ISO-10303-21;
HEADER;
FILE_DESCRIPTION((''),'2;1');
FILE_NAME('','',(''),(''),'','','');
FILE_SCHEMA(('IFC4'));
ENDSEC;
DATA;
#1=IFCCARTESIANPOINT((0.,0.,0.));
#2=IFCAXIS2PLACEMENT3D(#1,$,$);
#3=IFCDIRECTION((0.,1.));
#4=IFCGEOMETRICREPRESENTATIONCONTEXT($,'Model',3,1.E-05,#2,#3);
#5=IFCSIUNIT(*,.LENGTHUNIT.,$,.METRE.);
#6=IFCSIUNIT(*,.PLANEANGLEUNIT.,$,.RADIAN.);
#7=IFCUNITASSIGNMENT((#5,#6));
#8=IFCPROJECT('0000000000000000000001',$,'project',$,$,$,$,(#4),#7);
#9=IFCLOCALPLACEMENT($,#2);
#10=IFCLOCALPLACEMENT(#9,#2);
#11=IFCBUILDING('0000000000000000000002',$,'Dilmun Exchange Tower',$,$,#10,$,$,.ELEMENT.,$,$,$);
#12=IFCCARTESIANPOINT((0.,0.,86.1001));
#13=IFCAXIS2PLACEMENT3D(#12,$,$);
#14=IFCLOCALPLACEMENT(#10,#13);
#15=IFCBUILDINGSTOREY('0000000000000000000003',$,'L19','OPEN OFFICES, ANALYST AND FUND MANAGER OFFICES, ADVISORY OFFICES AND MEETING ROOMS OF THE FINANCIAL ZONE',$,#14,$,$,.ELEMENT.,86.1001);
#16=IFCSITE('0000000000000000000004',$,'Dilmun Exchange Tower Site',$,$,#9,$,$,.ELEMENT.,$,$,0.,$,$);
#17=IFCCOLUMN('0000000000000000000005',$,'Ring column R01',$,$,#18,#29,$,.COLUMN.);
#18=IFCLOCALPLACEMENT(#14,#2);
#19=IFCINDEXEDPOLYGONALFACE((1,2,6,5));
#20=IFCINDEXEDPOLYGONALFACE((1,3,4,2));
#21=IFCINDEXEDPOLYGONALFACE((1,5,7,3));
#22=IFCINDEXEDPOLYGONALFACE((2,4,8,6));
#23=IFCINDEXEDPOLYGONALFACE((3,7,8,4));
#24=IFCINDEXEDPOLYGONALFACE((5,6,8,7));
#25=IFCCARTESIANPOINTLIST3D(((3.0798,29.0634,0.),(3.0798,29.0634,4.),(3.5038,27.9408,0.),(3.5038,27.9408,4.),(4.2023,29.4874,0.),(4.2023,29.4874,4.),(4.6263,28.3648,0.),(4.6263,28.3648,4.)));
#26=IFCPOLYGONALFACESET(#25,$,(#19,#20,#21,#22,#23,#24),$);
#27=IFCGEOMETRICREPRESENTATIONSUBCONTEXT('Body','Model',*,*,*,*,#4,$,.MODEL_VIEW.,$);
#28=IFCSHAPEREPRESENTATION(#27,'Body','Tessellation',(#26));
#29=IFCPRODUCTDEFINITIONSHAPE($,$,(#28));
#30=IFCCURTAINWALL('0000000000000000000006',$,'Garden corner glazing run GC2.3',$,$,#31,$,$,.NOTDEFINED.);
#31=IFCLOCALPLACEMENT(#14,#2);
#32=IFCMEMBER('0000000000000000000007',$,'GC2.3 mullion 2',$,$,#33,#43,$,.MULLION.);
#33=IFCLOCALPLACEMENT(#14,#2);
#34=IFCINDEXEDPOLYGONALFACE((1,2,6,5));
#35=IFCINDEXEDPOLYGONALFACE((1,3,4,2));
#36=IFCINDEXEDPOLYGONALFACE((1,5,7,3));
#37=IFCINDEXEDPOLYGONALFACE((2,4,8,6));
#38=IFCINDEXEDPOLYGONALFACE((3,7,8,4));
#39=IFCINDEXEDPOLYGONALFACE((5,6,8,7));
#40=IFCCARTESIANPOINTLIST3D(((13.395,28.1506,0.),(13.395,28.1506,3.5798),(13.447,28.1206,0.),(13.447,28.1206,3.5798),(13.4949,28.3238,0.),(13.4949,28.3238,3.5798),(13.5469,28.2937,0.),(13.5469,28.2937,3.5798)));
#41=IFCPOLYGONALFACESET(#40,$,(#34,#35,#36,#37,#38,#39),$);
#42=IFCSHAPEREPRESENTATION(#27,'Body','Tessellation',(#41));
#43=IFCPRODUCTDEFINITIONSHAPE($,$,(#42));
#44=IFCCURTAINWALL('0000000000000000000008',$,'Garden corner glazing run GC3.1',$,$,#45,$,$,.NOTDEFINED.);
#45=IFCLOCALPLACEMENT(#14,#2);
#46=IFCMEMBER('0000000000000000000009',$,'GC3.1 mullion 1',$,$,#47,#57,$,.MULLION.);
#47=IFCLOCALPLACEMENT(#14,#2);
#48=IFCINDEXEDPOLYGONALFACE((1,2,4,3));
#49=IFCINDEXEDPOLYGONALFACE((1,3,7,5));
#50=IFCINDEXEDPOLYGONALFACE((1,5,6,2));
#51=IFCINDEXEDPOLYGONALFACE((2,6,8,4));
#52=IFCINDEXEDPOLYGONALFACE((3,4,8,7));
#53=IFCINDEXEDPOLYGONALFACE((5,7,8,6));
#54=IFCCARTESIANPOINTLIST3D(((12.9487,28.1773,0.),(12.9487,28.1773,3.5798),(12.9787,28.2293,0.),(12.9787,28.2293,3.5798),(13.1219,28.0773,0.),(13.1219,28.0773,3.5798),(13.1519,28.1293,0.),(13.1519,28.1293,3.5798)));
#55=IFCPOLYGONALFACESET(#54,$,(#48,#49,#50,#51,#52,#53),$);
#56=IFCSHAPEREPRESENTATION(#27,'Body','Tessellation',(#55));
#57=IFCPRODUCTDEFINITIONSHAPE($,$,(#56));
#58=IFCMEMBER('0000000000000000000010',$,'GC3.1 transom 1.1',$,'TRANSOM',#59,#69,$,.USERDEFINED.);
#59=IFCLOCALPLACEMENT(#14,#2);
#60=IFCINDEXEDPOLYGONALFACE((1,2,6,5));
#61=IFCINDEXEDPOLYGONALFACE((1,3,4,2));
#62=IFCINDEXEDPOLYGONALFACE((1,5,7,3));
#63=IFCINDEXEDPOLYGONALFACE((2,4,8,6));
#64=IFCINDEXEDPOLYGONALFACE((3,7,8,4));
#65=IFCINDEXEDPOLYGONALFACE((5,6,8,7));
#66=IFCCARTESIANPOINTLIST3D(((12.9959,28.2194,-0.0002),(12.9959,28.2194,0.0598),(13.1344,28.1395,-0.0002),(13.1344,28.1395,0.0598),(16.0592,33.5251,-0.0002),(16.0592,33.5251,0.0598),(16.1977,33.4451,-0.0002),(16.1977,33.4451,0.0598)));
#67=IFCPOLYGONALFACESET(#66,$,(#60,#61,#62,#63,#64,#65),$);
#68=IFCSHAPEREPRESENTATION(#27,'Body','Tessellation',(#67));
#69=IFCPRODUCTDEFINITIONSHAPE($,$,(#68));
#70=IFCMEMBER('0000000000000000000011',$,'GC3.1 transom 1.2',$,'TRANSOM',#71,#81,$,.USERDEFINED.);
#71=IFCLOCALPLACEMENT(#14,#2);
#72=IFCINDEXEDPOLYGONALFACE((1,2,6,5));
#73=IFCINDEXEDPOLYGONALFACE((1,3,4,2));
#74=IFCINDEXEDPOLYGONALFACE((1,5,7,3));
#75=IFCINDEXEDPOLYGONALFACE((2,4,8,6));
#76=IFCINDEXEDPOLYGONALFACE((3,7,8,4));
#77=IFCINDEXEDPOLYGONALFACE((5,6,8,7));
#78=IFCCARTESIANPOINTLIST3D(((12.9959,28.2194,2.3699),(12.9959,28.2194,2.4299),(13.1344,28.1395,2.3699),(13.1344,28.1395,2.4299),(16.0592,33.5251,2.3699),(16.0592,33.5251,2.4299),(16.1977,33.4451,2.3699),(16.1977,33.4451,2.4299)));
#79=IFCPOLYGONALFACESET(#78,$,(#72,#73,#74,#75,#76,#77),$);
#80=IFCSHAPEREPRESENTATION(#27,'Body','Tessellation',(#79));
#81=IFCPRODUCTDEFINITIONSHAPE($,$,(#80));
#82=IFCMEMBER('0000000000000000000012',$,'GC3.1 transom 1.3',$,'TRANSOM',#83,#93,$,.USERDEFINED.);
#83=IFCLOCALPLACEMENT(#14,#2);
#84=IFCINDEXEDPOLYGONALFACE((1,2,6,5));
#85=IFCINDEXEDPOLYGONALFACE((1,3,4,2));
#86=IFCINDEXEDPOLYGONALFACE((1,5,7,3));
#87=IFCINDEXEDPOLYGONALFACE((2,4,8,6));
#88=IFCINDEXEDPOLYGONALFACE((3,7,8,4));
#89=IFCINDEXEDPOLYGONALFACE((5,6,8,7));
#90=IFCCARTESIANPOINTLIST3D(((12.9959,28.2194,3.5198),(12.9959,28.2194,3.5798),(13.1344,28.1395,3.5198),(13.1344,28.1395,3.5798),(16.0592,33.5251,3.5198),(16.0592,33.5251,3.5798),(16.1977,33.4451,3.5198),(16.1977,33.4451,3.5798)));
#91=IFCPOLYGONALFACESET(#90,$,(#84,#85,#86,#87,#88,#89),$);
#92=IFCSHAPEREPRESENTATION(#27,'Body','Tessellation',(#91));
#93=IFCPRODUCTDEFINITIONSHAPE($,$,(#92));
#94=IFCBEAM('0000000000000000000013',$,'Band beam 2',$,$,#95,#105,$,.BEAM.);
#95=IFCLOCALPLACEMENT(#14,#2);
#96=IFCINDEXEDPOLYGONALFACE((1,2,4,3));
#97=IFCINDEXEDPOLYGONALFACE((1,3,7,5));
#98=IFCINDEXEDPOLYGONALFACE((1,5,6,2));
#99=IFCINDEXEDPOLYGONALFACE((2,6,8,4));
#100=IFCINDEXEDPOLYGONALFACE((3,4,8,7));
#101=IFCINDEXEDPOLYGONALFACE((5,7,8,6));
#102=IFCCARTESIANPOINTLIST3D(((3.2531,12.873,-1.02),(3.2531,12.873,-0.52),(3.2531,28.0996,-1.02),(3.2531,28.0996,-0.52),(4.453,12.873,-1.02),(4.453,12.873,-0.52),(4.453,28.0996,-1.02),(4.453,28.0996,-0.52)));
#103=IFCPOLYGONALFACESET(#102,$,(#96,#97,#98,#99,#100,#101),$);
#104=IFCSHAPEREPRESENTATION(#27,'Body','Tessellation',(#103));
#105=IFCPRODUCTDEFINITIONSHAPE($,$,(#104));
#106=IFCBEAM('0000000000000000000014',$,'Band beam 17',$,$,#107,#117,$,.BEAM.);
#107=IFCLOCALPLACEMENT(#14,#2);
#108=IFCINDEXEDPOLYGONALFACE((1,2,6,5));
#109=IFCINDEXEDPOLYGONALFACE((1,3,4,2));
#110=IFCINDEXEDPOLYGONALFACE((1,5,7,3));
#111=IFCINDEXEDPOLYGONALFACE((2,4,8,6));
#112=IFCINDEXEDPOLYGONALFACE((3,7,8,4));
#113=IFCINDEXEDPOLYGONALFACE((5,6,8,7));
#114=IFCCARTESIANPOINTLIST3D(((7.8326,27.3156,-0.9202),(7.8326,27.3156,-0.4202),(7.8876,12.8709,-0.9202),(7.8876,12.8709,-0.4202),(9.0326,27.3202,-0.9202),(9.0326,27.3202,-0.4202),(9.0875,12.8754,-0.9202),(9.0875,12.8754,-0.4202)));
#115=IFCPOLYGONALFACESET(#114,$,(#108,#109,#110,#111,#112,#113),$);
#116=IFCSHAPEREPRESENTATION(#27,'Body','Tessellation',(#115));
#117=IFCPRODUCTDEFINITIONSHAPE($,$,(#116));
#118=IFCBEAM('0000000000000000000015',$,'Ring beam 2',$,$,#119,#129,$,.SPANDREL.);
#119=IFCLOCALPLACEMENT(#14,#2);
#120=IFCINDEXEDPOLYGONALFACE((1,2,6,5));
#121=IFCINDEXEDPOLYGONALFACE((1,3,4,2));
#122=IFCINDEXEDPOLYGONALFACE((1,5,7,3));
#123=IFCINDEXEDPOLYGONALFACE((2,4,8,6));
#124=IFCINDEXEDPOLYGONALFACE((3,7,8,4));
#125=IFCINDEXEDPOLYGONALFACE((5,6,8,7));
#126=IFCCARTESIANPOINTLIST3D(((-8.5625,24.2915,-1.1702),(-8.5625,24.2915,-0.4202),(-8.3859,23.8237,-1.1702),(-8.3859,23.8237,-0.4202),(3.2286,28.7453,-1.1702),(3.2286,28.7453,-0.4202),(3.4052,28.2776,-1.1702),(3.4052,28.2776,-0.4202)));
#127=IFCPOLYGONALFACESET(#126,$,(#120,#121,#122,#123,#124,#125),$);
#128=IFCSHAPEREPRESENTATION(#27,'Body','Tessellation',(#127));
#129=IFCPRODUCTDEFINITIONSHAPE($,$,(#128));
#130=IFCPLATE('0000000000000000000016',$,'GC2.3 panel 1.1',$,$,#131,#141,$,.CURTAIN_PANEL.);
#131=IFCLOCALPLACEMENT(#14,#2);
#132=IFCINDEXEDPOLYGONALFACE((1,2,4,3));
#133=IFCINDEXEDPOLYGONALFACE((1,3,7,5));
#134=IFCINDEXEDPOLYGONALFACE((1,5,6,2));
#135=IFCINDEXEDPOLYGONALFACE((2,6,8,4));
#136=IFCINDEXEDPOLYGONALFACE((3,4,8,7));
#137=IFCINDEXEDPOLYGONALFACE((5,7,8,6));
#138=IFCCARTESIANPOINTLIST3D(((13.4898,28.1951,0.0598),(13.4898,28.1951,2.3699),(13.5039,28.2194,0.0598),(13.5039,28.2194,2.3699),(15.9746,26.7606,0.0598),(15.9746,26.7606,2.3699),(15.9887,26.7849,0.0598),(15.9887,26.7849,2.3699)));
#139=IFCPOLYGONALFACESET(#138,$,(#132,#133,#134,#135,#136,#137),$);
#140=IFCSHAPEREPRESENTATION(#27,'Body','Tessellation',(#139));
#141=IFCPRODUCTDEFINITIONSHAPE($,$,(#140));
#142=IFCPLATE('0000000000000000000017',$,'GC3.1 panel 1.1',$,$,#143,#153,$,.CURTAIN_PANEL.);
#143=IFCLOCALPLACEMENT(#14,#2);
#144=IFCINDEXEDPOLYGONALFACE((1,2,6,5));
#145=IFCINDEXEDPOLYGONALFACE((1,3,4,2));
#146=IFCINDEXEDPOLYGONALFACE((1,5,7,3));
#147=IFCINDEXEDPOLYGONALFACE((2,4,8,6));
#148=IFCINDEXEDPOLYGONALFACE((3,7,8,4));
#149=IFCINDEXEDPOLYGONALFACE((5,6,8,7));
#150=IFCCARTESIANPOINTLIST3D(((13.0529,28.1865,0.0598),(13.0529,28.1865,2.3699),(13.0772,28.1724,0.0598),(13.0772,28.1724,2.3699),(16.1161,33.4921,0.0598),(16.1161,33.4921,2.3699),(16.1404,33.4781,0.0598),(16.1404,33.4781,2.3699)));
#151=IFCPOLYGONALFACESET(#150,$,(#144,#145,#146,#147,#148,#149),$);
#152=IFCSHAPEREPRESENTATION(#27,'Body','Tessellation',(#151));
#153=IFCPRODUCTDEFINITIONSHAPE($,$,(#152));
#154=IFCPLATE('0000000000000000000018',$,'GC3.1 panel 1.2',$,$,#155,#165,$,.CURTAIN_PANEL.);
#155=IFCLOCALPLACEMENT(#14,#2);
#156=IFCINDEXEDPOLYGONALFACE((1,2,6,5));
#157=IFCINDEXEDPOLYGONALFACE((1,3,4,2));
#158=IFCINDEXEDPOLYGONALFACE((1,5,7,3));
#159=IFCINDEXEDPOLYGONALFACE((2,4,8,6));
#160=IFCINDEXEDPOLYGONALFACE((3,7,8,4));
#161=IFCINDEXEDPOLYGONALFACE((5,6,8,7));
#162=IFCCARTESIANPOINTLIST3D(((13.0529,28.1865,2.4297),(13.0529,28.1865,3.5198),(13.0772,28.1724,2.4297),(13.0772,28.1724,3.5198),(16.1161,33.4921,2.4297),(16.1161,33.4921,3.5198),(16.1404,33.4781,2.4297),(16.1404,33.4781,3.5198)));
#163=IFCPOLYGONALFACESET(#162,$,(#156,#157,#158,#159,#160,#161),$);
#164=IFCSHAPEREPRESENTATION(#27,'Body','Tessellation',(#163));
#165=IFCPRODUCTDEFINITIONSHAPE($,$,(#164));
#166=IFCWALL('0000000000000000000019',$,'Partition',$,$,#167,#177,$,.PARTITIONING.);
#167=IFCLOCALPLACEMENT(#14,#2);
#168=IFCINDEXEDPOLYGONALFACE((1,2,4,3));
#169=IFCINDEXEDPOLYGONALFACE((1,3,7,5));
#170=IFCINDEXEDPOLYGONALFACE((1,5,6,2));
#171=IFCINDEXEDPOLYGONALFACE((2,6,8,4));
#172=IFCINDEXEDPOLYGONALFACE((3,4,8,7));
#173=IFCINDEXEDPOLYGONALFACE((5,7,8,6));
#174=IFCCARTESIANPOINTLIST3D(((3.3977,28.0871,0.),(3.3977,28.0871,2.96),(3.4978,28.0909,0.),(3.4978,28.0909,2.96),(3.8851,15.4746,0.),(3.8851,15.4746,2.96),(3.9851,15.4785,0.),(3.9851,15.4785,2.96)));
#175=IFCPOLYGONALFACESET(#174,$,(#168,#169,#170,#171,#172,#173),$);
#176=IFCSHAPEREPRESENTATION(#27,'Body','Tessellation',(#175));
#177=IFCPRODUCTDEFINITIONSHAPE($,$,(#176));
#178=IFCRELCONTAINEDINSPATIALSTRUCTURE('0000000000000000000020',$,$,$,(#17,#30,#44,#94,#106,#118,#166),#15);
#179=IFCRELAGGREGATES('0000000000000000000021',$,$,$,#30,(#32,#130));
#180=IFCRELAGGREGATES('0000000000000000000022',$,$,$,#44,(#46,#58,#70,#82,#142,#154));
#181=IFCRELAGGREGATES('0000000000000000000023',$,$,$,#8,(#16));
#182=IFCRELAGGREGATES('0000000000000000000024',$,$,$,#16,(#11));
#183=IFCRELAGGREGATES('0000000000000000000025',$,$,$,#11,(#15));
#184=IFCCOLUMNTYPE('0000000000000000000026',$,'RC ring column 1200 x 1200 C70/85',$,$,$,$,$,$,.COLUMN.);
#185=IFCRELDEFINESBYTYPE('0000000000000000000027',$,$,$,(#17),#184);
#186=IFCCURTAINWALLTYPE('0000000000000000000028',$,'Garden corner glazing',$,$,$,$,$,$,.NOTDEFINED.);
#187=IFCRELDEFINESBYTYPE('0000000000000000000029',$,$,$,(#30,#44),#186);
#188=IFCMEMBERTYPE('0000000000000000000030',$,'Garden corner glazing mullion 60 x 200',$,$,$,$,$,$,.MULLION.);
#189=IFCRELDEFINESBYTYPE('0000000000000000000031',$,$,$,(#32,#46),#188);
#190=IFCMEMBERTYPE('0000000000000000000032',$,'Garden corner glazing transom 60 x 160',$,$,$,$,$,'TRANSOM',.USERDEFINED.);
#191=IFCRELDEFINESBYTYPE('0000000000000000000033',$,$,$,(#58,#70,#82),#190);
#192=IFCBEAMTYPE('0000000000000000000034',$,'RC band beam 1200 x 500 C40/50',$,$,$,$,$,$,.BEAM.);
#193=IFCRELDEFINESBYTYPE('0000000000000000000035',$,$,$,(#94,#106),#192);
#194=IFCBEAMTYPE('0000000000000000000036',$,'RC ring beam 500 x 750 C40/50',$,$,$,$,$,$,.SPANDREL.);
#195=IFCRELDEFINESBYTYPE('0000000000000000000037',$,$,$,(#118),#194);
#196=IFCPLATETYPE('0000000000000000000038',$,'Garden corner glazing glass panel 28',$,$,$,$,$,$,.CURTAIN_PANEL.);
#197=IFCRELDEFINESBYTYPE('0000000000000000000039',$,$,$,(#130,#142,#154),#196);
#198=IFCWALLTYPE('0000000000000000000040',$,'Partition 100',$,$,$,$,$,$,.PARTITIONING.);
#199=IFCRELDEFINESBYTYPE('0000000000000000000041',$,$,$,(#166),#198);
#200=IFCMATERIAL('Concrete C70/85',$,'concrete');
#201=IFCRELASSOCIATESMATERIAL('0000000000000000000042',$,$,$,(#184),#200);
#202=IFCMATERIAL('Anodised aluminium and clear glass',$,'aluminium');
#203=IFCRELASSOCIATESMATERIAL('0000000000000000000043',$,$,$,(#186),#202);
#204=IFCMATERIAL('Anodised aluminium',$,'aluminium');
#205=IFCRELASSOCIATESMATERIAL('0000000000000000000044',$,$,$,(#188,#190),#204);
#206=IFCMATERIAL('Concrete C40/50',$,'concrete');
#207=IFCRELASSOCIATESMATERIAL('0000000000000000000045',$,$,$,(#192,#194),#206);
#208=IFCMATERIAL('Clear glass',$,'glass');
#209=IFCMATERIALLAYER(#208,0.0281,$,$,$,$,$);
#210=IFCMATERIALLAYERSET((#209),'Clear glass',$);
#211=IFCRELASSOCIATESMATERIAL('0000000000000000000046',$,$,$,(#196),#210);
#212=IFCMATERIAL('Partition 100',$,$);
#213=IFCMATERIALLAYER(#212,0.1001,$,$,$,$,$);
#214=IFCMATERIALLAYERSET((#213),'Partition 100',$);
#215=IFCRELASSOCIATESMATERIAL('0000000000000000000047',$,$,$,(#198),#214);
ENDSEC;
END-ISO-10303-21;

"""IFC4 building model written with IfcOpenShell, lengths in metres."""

from ifc_helpers import new_model, si_unit, direction, frame, frame_2d, origin, origin_2d, place, context, subcontext, project, spatial, rectangle, extrude, material, layer, layer_set, material_profile, profile_set, type_object, element, aggregate, save


model = new_model("IFC4")

# Units and contexts
model_context = context("Model", 3, precision=1e-05, world=origin(), true_north=direction((0.0, 1.0)))
body_context = subcontext(model_context, "Body", "Model", "MODEL_VIEW")
ifc_project = project(units=[si_unit("LENGTHUNIT", "METRE"), si_unit("PLANEANGLEUNIT", "RADIAN")], contexts=[model_context])

# Site, building, storey
site_placement = place(None, origin())
site = spatial("IfcSite", under=ifc_project, at=site_placement, Name="Dilmun Exchange Tower Site", CompositionType="ELEMENT", RefElevation=0.0)
building_placement = place(site_placement, origin())
building = spatial("IfcBuilding", under=site, at=building_placement, Name="Dilmun Exchange Tower", CompositionType="ELEMENT")
storey_placement = place(building_placement, frame((0.0, 0.0, 86.1001)))
storey = spatial("IfcBuildingStorey", under=building, at=storey_placement, Name="L19", Description="OPEN OFFICES, ANALYST AND FUND MANAGER OFFICES, ADVISORY OFFICES AND MEETING ROOMS OF THE FINANCIAL ZONE", CompositionType="ELEMENT", Elevation=86.1001)

# Column
ifc_material_1 = material(Name="Concrete C70/85", Category="concrete")
ifc_material_profile_1 = material_profile(ifc_material_1, rectangle(XDim=1.2, YDim=1.2, at=origin_2d()), Name="1200 x 1200")
ifc_profile_set_1 = profile_set([ifc_material_profile_1], Name="Concrete C70/85")
column_type = type_object("IfcColumnType", Name="RC ring column 1200 x 1200 C70/85", PredefinedType="COLUMN", material=ifc_profile_set_1)
column_placement = place(storey_placement, frame((3.853, 28.7141, 0.0), z_axis=(0.0, 0.0, 1.0), x_axis=(0.935492, 0.353349, 0.0)))
element("IfcColumn", 1, at=column_placement, inside=storey, type_object=column_type, Name="Ring column R01", PredefinedType="COLUMN", context=body_context, shape_type="SweptSolid", body=[
    extrude(rectangle(XDim=1.2, YDim=1.2, at=origin_2d()), origin(), (0.0, 0.0, 1.0), 4.0),
])

# Curtain wall, member
ifc_material_2 = material(Name="Anodised aluminium and clear glass", Category="aluminium")
curtain_wall_type = type_object("IfcCurtainWallType", Name="Garden corner glazing", PredefinedType="NOTDEFINED", material=ifc_material_2)
curtain_wall_1_placement = place(storey_placement, origin())
curtain_wall_1 = element("IfcCurtainWall", 2, at=curtain_wall_1_placement, inside=storey, type_object=curtain_wall_type, Name="Garden corner glazing run GC2.3", PredefinedType="NOTDEFINED")
ifc_material_3 = material(Name="Anodised aluminium", Category="aluminium")
ifc_material_profile_2 = material_profile(ifc_material_3, rectangle(XDim=0.2, YDim=0.0601, at=origin_2d()), Name="AL 60x200")
ifc_profile_set_2 = profile_set([ifc_material_profile_2], Name="Anodised aluminium")
member_type_1 = type_object("IfcMemberType", Name="Garden corner glazing mullion 60 x 200", PredefinedType="MULLION", material=ifc_profile_set_2)
member_1_placement = place(storey_placement, frame((13.4709, 28.2222, 0.0), z_axis=(0.0, 0.0, 1.0), x_axis=(-0.499978, -0.866038, 0.0)))
member_1 = element("IfcMember", 3, at=member_1_placement, type_object=member_type_1, Name="GC2.3 mullion 2", PredefinedType="MULLION", context=body_context, shape_type="SweptSolid", body=[
    extrude(rectangle(XDim=0.2, YDim=0.0601, at=origin_2d()), origin(), (0.0, 0.0, 1.0), 3.5798),
])

# Curtain wall, members
curtain_wall_2_placement = place(storey_placement, origin())
curtain_wall_2 = element("IfcCurtainWall", 4, at=curtain_wall_2_placement, inside=storey, type_object=curtain_wall_type, Name="Garden corner glazing run GC3.1", PredefinedType="NOTDEFINED")
member_2_placement = place(storey_placement, frame((13.0503, 28.1533, 0.0), z_axis=(0.0, 0.0, 1.0), x_axis=(-0.866028, 0.499996, 0.0)))
member_2 = element("IfcMember", 5, at=member_2_placement, type_object=member_type_1, Name="GC3.1 mullion 1", PredefinedType="MULLION", context=body_context, shape_type="SweptSolid", body=[
    extrude(rectangle(XDim=0.2, YDim=0.0601, at=origin_2d()), origin(), (0.0, 0.0, 1.0), 3.5798),
])
ifc_material_profile_3 = material_profile(ifc_material_3, rectangle(XDim=0.1599, YDim=0.0601, at=origin_2d()), Name="AL 60x160")
ifc_profile_set_3 = profile_set([ifc_material_profile_3], Name="Anodised aluminium")
member_type_2 = type_object("IfcMemberType", Name="Garden corner glazing transom 60 x 160", ElementType="TRANSOM", PredefinedType="USERDEFINED", material=ifc_profile_set_3)
member_3_placement = place(storey_placement, frame((13.0652, 28.1794, 0.0298), z_axis=(0.500001, 0.866025, 0.0), x_axis=(-0.866025, 0.500001, 0.0)))
member_3 = element("IfcMember", 6, at=member_3_placement, type_object=member_type_2, Name="GC3.1 transom 1.1", ObjectType="TRANSOM", PredefinedType="USERDEFINED", context=body_context, shape_type="SweptSolid", body=[
    extrude(rectangle(XDim=0.1599, YDim=0.0601, at=origin_2d()), origin(), (0.0, 0.0, 1.0), 6.1265),
])
member_4_placement = place(storey_placement, frame((13.0652, 28.1794, 2.3999), z_axis=(0.500001, 0.866025, 0.0), x_axis=(-0.866025, 0.500001, 0.0)))
member_4 = element("IfcMember", 7, at=member_4_placement, type_object=member_type_2, Name="GC3.1 transom 1.2", ObjectType="TRANSOM", PredefinedType="USERDEFINED", context=body_context, shape_type="SweptSolid", body=[
    extrude(rectangle(XDim=0.1599, YDim=0.0601, at=origin_2d()), origin(), (0.0, 0.0, 1.0), 6.1265),
])
member_5_placement = place(storey_placement, frame((13.0652, 28.1794, 3.5498), z_axis=(0.500001, 0.866025, 0.0), x_axis=(-0.866025, 0.500001, 0.0)))
member_5 = element("IfcMember", 8, at=member_5_placement, type_object=member_type_2, Name="GC3.1 transom 1.3", ObjectType="TRANSOM", PredefinedType="USERDEFINED", context=body_context, shape_type="SweptSolid", body=[
    extrude(rectangle(XDim=0.1599, YDim=0.0601, at=origin_2d()), origin(), (0.0, 0.0, 1.0), 6.1265),
])

# Beams
ifc_material_4 = material(Name="Concrete C40/50", Category="concrete")
ifc_material_profile_4 = material_profile(ifc_material_4, rectangle(XDim=1.2, YDim=0.5, at=origin_2d()), Name="1200 x 500")
ifc_profile_set_4 = profile_set([ifc_material_profile_4], Name="Concrete C40/50")
beam_type_1 = type_object("IfcBeamType", Name="RC band beam 1200 x 500 C40/50", PredefinedType="BEAM", material=ifc_profile_set_4)
beam_1_placement = place(storey_placement, frame((3.853, 28.0996, -0.77), z_axis=(0.0, -1.0, 0.0), x_axis=(1.0, 0.0, 0.0)))
element("IfcBeam", 9, at=beam_1_placement, inside=storey, type_object=beam_type_1, Name="Band beam 2", PredefinedType="BEAM", context=body_context, shape_type="SweptSolid", body=[
    extrude(rectangle(XDim=1.2, YDim=0.5, at=origin_2d()), origin(), (0.0, 0.0, 1.0), 15.2266),
])
beam_2_placement = place(storey_placement, frame((8.4326, 27.3179, -0.6702), z_axis=(0.003803, -0.999993, 0.0), x_axis=(0.999993, 0.003803, 0.0)))
element("IfcBeam", 10, at=beam_2_placement, inside=storey, type_object=beam_type_1, Name="Band beam 17", PredefinedType="BEAM", context=body_context, shape_type="SweptSolid", body=[
    extrude(rectangle(XDim=1.2, YDim=0.5, at=origin_2d()), origin(), (0.0, 0.0, 1.0), 14.4448),
])
ifc_material_profile_5 = material_profile(ifc_material_4, rectangle(XDim=0.5, YDim=0.75, at=origin_2d()), Name="500 x 750")
ifc_profile_set_5 = profile_set([ifc_material_profile_5], Name="Concrete C40/50")
beam_type_2 = type_object("IfcBeamType", Name="RC ring beam 500 x 750 C40/50", PredefinedType="SPANDREL", material=ifc_profile_set_5)
beam_3_placement = place(storey_placement, frame((3.3169, 28.5115, -0.7952), z_axis=(-0.935486, -0.353364, 0.0), x_axis=(0.353364, -0.935486, 0.0)))
element("IfcBeam", 11, at=beam_3_placement, inside=storey, type_object=beam_type_2, Name="Ring beam 2", PredefinedType="SPANDREL", context=body_context, shape_type="SweptSolid", body=[
    extrude(rectangle(XDim=0.5, YDim=0.75, at=origin_2d()), origin(), (0.0, 0.0, 1.0), 12.6042),
])

# Plates
ifc_material_5 = material(Name="Clear glass", Category="glass")
ifc_layer_1 = layer(ifc_material_5, 0.0281)
ifc_layer_set_1 = layer_set([ifc_layer_1], Name="Clear glass")
plate_type = type_object("IfcPlateType", Name="Garden corner glazing glass panel 28", PredefinedType="CURTAIN_PANEL", material=ifc_layer_set_1)
plate_1_placement = place(storey_placement, frame((14.7393, 27.49, 0.0598), z_axis=(0.0, 0.0, 1.0), x_axis=(-0.866038, 0.499978, 0.0)))
plate_1 = element("IfcPlate", 12, at=plate_1_placement, type_object=plate_type, Name="GC2.3 panel 1.1", PredefinedType="CURTAIN_PANEL", context=body_context, shape_type="SweptSolid", body=[
    extrude(rectangle(XDim=2.8691, YDim=0.0281, at=origin_2d()), origin(), (0.0, 0.0, 1.0), 2.3101),
])
aggregate(curtain_wall_1, [member_1, plate_1])
plate_2_placement = place(storey_placement, frame((14.5967, 30.8323, 0.0598), z_axis=(0.0, 0.0, 1.0), x_axis=(0.499996, 0.866028, 0.0)))
plate_2 = element("IfcPlate", 13, at=plate_2_placement, type_object=plate_type, Name="GC3.1 panel 1.1", PredefinedType="CURTAIN_PANEL", context=body_context, shape_type="SweptSolid", body=[
    extrude(rectangle(XDim=6.1265, YDim=0.0281, at=origin_2d()), origin(), (0.0, 0.0, 1.0), 2.3101),
])
plate_3_placement = place(storey_placement, frame((14.5967, 30.8323, 2.4297), z_axis=(0.0, 0.0, 1.0), x_axis=(0.499996, 0.866028, 0.0)))
plate_3 = element("IfcPlate", 14, at=plate_3_placement, type_object=plate_type, Name="GC3.1 panel 1.2", PredefinedType="CURTAIN_PANEL", context=body_context, shape_type="SweptSolid", body=[
    extrude(rectangle(XDim=6.1265, YDim=0.0281, at=origin_2d()), origin(), (0.0, 0.0, 1.0), 1.0901),
])
aggregate(curtain_wall_2, [member_2, member_3, member_4, member_5, plate_2, plate_3])

# Wall
ifc_material_6 = material(Name="Partition 100")
ifc_layer_2 = layer(ifc_material_6, 0.1001)
ifc_layer_set_2 = layer_set([ifc_layer_2], Name="Partition 100")
wall_type = type_object("IfcWallType", Name="Partition 100", PredefinedType="PARTITIONING", material=ifc_layer_set_2)
wall_1_placement = place(storey_placement, frame((3.4478, 28.0891, 0.0), z_axis=(0.0, 0.0, 1.0), x_axis=(0.038608, -0.999254, 0.0)))
element("IfcWall", 15, at=wall_1_placement, inside=storey, type_object=wall_type, Name="Partition", PredefinedType="PARTITIONING", context=body_context, shape_type="SweptSolid", body=[
    extrude(rectangle(XDim=12.6218, YDim=0.1001, at=frame_2d((6.311, 0.0))), origin(), (0.0, 0.0, 1.0), 2.96),
])

save(model, "model.ifc")
